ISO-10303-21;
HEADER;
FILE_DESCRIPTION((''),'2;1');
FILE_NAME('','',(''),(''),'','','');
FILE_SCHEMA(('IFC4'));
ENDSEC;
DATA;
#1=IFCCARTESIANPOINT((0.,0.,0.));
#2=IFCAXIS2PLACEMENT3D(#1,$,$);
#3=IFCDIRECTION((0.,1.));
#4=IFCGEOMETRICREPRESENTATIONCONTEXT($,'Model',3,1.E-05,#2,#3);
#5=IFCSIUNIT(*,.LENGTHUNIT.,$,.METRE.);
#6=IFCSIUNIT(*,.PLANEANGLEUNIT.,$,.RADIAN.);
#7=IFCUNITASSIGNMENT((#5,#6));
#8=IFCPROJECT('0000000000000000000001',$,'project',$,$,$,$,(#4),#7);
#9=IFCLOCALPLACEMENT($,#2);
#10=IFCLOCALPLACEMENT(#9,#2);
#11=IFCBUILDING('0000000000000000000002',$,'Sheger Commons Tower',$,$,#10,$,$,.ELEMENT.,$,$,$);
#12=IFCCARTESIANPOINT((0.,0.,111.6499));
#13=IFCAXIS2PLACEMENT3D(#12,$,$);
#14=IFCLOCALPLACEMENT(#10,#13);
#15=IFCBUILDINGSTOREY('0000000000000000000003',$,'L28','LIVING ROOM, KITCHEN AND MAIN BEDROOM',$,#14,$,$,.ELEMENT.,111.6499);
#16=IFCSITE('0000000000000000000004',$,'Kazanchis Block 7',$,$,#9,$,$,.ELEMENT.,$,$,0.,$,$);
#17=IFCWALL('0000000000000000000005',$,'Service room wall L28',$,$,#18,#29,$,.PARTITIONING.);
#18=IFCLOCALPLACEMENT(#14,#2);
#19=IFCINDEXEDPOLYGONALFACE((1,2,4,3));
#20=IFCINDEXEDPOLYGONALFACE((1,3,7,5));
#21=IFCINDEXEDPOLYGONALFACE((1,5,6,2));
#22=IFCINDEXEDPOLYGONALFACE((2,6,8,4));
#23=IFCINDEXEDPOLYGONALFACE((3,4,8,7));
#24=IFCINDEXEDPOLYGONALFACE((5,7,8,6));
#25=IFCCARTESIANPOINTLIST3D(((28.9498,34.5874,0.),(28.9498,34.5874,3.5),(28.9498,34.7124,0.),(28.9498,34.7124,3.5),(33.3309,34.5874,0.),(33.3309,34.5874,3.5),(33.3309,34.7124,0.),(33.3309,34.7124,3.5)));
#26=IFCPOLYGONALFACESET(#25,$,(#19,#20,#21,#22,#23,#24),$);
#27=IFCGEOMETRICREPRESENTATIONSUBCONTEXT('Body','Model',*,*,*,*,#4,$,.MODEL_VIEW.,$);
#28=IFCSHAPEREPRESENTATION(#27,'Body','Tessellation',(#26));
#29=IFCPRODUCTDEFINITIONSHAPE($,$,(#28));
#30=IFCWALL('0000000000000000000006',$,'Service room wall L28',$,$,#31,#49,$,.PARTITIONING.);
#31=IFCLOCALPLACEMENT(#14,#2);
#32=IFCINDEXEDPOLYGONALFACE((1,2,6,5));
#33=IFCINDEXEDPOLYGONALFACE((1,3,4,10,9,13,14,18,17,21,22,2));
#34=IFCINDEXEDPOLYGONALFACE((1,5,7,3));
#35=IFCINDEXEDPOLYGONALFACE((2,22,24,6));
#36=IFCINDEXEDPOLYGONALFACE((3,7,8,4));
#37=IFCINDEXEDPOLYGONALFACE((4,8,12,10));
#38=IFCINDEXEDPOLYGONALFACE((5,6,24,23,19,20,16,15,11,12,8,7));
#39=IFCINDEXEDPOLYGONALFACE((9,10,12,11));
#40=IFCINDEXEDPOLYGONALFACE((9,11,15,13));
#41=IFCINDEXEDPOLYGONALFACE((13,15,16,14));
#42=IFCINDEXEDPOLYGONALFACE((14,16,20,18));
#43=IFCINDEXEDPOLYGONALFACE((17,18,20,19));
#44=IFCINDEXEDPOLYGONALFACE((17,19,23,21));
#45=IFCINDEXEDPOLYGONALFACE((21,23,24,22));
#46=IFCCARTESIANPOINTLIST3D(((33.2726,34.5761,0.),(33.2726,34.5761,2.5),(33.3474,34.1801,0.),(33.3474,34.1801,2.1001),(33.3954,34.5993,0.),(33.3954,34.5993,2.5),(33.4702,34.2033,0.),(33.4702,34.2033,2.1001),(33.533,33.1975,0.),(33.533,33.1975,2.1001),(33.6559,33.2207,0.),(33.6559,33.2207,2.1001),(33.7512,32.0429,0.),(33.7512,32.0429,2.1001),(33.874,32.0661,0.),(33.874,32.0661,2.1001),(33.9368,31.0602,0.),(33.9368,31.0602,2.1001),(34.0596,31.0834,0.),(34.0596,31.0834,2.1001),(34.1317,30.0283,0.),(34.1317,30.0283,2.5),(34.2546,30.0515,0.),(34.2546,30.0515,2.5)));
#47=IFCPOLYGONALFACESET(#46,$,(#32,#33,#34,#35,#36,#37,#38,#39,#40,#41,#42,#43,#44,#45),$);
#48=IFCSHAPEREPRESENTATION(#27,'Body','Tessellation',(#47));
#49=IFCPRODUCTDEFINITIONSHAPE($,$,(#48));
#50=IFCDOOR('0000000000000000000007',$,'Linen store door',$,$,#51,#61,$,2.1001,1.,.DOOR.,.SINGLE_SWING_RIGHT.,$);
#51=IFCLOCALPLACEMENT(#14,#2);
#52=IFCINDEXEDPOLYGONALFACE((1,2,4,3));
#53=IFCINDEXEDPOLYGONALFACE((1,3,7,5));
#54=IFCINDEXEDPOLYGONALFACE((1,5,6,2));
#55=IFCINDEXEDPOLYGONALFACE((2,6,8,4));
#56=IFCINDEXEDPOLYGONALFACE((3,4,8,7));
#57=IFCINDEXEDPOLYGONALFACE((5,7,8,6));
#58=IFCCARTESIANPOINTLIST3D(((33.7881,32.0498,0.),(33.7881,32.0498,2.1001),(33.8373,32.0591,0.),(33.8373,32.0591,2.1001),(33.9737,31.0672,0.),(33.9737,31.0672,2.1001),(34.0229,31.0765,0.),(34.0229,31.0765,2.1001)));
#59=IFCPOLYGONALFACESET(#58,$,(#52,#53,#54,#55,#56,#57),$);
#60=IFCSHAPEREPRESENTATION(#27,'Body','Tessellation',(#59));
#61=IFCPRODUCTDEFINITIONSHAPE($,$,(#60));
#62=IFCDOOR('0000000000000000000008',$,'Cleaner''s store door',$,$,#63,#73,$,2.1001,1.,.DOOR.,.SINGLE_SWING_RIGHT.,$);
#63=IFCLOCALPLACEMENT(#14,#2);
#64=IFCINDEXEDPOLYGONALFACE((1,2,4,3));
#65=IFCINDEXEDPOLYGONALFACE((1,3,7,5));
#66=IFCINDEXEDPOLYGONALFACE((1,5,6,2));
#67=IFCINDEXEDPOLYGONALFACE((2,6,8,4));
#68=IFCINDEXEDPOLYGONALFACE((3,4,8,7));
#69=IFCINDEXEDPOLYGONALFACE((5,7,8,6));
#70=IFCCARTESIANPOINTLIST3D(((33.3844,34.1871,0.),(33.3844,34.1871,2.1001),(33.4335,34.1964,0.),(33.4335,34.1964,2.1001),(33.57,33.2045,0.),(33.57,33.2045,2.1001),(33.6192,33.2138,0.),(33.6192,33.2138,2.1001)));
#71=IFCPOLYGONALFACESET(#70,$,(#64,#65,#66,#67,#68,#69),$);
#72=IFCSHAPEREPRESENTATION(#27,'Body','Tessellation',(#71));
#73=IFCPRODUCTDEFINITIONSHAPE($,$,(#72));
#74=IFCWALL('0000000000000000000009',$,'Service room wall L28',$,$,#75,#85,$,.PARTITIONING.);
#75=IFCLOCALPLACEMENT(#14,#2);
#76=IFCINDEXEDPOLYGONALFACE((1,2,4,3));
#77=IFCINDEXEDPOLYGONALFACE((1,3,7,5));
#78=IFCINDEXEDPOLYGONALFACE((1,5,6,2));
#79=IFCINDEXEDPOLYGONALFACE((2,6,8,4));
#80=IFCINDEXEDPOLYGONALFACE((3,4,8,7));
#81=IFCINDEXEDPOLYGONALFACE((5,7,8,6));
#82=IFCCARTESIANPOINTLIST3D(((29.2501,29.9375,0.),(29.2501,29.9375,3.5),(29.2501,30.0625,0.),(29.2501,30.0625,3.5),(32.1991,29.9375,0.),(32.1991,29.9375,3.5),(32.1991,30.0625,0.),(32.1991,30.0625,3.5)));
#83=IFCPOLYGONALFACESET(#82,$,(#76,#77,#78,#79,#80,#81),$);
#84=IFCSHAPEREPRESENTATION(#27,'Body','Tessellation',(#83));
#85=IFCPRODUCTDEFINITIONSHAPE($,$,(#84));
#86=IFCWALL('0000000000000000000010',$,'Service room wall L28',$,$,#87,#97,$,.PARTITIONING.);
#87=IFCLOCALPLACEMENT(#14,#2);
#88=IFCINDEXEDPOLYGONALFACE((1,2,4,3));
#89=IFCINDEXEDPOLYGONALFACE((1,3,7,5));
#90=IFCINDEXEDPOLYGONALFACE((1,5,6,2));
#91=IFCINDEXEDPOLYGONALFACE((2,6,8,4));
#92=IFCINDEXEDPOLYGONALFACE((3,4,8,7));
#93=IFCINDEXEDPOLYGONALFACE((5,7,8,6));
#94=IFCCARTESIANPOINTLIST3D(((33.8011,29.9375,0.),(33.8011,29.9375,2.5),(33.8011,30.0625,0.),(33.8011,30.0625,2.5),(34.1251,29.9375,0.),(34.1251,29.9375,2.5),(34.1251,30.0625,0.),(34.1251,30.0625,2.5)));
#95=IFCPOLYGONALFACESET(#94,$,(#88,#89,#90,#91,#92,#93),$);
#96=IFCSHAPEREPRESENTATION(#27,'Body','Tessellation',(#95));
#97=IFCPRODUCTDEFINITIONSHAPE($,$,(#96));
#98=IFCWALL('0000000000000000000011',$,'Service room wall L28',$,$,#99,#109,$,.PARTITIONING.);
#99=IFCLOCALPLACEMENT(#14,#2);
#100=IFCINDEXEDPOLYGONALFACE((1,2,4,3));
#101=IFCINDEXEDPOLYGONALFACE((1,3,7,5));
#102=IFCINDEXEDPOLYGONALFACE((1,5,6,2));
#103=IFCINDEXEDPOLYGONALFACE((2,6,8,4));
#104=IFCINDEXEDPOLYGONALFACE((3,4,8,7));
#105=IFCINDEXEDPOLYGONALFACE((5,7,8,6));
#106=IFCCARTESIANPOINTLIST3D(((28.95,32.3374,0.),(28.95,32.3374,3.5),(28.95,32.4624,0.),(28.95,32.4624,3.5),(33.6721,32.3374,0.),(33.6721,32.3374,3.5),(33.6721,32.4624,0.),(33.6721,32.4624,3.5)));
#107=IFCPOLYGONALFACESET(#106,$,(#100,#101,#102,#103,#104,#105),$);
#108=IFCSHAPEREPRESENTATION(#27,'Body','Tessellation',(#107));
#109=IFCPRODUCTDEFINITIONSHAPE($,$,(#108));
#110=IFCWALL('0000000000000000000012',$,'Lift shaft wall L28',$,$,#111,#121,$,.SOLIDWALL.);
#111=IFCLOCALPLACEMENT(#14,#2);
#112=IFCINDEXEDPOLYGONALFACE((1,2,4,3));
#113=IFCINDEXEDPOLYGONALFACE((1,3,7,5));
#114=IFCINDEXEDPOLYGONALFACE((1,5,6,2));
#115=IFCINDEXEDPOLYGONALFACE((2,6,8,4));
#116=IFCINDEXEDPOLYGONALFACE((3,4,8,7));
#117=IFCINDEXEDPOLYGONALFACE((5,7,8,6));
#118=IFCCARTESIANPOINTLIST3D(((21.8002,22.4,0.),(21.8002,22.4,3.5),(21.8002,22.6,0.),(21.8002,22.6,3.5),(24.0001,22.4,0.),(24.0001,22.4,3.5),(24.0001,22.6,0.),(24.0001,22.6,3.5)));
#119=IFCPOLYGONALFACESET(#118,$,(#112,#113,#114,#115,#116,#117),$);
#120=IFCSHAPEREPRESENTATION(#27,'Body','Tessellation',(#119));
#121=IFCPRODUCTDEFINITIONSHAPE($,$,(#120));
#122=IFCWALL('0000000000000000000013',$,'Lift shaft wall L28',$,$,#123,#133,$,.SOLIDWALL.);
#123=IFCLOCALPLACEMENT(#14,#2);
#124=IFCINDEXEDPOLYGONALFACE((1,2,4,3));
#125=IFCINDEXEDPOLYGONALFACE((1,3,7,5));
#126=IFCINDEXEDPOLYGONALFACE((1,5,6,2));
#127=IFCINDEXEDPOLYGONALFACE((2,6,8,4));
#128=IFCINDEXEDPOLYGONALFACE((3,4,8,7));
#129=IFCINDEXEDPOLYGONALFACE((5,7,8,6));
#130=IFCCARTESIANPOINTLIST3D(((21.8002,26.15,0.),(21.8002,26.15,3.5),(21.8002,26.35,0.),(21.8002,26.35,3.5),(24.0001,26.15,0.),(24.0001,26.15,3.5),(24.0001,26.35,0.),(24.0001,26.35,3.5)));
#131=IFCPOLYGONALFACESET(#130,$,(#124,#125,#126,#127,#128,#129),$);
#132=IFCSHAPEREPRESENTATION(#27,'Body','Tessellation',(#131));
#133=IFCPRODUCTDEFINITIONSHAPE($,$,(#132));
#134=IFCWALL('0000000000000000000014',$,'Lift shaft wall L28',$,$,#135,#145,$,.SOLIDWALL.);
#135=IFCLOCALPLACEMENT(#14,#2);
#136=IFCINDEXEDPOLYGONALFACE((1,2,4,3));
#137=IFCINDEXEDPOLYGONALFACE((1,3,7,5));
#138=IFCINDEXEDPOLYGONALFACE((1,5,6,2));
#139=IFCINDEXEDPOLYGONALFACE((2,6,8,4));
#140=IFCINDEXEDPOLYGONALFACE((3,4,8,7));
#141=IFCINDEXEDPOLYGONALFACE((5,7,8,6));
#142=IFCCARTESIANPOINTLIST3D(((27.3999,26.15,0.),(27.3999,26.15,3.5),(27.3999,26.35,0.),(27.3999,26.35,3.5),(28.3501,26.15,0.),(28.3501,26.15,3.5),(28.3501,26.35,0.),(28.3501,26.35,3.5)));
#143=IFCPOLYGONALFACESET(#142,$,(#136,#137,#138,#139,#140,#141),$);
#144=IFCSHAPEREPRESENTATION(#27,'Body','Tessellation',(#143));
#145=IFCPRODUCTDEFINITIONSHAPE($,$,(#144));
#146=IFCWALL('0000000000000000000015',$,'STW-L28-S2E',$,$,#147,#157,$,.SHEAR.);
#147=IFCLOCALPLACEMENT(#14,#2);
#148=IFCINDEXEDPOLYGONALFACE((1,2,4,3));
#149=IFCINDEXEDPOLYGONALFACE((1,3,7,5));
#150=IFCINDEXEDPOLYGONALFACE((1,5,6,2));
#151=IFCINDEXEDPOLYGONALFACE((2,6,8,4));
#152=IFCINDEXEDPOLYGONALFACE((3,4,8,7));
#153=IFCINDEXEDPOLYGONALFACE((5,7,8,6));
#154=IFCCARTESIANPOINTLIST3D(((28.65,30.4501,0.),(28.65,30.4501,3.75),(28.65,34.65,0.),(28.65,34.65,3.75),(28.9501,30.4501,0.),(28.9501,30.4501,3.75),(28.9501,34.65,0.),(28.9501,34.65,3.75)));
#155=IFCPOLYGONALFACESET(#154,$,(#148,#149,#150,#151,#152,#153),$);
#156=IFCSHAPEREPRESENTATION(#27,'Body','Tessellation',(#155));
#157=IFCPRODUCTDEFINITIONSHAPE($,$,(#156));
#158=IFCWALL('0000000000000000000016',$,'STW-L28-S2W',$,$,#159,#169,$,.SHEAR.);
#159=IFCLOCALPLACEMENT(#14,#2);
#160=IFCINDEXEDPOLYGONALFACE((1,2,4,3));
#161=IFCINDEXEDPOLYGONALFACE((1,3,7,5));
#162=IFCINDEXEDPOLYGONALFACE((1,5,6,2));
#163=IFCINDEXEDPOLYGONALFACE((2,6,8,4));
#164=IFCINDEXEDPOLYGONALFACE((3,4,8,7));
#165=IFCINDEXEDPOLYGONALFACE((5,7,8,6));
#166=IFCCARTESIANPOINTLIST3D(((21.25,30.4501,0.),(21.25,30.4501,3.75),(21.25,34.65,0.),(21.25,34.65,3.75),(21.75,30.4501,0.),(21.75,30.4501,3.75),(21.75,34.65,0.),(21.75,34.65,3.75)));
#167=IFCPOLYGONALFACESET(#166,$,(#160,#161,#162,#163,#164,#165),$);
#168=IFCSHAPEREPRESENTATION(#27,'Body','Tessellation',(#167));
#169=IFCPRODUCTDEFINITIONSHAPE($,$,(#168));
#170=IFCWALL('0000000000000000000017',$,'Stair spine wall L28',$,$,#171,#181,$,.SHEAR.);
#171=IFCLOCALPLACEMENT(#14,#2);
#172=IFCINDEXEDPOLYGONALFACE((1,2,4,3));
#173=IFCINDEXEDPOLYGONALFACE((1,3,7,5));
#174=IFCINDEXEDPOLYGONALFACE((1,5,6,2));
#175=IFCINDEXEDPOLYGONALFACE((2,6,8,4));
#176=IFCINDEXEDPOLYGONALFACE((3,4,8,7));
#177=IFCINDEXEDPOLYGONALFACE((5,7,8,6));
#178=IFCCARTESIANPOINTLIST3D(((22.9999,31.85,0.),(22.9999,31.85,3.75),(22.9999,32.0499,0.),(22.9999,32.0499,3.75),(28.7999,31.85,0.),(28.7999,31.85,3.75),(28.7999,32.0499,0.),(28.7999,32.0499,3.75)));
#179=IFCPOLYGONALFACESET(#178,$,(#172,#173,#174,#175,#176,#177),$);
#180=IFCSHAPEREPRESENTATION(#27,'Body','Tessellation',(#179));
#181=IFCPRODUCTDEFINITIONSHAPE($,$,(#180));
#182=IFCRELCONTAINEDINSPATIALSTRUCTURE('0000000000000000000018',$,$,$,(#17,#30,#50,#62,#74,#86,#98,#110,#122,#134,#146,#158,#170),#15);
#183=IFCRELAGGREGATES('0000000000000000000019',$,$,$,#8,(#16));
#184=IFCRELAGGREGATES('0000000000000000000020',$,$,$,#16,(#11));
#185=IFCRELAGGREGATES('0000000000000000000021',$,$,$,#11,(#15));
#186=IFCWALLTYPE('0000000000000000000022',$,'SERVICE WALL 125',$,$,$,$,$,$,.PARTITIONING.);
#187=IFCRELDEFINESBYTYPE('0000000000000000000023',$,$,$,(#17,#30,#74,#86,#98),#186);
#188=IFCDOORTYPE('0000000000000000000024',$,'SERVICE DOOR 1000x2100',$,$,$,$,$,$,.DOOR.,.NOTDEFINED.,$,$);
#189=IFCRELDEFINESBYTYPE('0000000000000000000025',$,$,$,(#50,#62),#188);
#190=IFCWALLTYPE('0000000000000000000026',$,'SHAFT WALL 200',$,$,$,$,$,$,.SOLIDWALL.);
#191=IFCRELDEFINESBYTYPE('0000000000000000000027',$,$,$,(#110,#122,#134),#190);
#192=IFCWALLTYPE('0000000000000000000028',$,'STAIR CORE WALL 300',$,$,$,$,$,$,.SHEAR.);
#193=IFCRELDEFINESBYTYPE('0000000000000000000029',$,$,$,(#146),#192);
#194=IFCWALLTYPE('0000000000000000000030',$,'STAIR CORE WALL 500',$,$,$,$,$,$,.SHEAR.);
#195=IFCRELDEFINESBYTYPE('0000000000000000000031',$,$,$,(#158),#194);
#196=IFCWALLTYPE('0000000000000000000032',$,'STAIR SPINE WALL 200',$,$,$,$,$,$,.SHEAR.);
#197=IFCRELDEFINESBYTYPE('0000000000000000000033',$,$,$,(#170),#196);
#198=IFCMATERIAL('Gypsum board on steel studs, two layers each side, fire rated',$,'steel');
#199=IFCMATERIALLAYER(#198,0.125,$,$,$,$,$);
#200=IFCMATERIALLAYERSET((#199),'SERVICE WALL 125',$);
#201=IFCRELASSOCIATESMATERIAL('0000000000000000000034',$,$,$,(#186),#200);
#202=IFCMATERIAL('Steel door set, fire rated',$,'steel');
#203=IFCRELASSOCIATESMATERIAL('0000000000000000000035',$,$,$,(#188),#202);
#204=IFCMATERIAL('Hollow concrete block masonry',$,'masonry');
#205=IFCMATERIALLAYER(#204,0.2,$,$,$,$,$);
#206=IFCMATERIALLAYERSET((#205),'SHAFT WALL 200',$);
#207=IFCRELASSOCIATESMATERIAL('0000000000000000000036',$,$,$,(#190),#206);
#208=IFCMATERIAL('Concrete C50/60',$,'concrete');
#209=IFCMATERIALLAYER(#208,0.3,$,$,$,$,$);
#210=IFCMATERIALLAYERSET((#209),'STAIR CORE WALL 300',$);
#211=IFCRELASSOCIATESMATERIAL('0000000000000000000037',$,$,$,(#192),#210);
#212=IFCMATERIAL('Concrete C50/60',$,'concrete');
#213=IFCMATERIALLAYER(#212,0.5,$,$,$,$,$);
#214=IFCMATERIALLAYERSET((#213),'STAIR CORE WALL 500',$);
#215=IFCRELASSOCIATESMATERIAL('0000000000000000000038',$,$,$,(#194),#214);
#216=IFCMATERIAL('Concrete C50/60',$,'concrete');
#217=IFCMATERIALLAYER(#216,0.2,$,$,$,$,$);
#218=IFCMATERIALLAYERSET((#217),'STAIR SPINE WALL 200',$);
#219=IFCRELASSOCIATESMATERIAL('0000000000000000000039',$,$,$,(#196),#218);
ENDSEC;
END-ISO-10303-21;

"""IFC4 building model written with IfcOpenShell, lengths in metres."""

from ifc_helpers import new_model, si_unit, direction, frame, frame_2d, origin, place, context, subcontext, project, spatial, rectangle, extrude, material, layer, layer_set, type_object, element, fill, save


model = new_model("IFC4")

# Units and contexts
model_context = context("Model", 3, precision=1e-05, world=origin(), true_north=direction((0.0, 1.0)))
body_context = subcontext(model_context, "Body", "Model", "MODEL_VIEW")
ifc_project = project(units=[si_unit("LENGTHUNIT", "METRE"), si_unit("PLANEANGLEUNIT", "RADIAN")], contexts=[model_context])

# Site, building, storey
site_placement = place(None, origin())
site = spatial("IfcSite", under=ifc_project, at=site_placement, Name="Kazanchis Block 7", CompositionType="ELEMENT", RefElevation=0.0)
building_placement = place(site_placement, origin())
building = spatial("IfcBuilding", under=site, at=building_placement, Name="Sheger Commons Tower", CompositionType="ELEMENT")
storey_placement = place(building_placement, frame((0.0, 0.0, 111.6499)))
storey = spatial("IfcBuildingStorey", under=building, at=storey_placement, Name="L28", Description="LIVING ROOM, KITCHEN AND MAIN BEDROOM", CompositionType="ELEMENT", Elevation=111.6499)

# Wall
ifc_material_1 = material(Name="Gypsum board on steel studs, two layers each side, fire rated", Category="steel")
ifc_layer_1 = layer(ifc_material_1, 0.125)
ifc_layer_set_1 = layer_set([ifc_layer_1], Name="SERVICE WALL 125")
wall_type_1 = type_object("IfcWallType", Name="SERVICE WALL 125", PredefinedType="PARTITIONING", material=ifc_layer_set_1)
wall_1_placement = place(storey_placement, frame((28.95, 34.6499, 0.0), z_axis=(0.0, 0.0, 1.0), x_axis=(1.0, 0.0, 0.0)))
element("IfcWall", 1, at=wall_1_placement, inside=storey, type_object=wall_type_1, Name="Service room wall L28", PredefinedType="PARTITIONING", context=body_context, shape_type="SweptSolid", body=[
    extrude(rectangle(XDim=4.3811, YDim=0.125, at=frame_2d((2.1904, 0.0))), origin(), (0.0, 0.0, 1.0), 3.5),
])

# Wall, openings, doors
wall_2_placement = place(storey_placement, frame((34.1931, 30.04, 0.0), z_axis=(0.0, 0.0, 1.0), x_axis=(-0.185626, 0.98262, 0.0)))
wall_2 = element("IfcWall", 2, at=wall_2_placement, inside=storey, type_object=wall_type_1, Name="Service room wall L28", PredefinedType="PARTITIONING", context=body_context, shape_type="SweptSolid", body=[
    extrude(rectangle(XDim=4.6282, YDim=0.125, at=frame_2d((2.314, 0.0))), origin(), (0.0, 0.0, 1.0), 2.5),
])
opening_1_placement = place(wall_2_placement, frame((1.05, 0.0, 0.0)))
opening_1 = element("IfcOpeningElement", 3, at=opening_1_placement, cuts=wall_2, PredefinedType="OPENING", context=body_context, shape_type="SweptSolid", body=[
    extrude(rectangle(XDim=1.0, YDim=2.1001, at=frame_2d((0.5, 1.05))), frame((0.0, 0.0725, 0.0), z_axis=(0.0, -1.0, 0.0), x_axis=(1.0, 0.0, 0.0)), (0.0, 0.0, 1.0), 0.145),
])
opening_2_placement = place(wall_2_placement, frame((3.2251, 0.0, 0.0)))
opening_2 = element("IfcOpeningElement", 4, at=opening_2_placement, cuts=wall_2, PredefinedType="OPENING", context=body_context, shape_type="SweptSolid", body=[
    extrude(rectangle(XDim=1.0, YDim=2.1001, at=frame_2d((0.5, 1.05))), frame((0.0, 0.0725, 0.0), z_axis=(0.0, -1.0, 0.0), x_axis=(1.0, 0.0, 0.0)), (0.0, 0.0, 1.0), 0.145),
])
ifc_material_2 = material(Name="Steel door set, fire rated", Category="steel")
door_type_1 = type_object("IfcDoorType", Name="SERVICE DOOR 1000x2100", OperationType="NOTDEFINED", PredefinedType="DOOR", material=ifc_material_2)
door_1_placement = place(opening_1_placement, origin())
door_1 = element("IfcDoor", 5, at=door_1_placement, inside=storey, type_object=door_type_1, Name="Linen store door", OperationType="SINGLE_SWING_RIGHT", OverallHeight=2.1001, OverallWidth=1.0, PredefinedType="DOOR", context=body_context, shape_type="SweptSolid", body=[
    extrude(rectangle(XDim=1.0, YDim=2.1001, at=frame_2d((0.5, 1.05))), frame((0.0, 0.0249, 0.0), z_axis=(0.0, -1.0, 0.0), x_axis=(1.0, 0.0, 0.0)), (0.0, 0.0, 1.0), 0.05),
])
fill(opening_1, door_1)
door_2_placement = place(opening_2_placement, origin())
door_2 = element("IfcDoor", 6, at=door_2_placement, inside=storey, type_object=door_type_1, Name="Cleaner's store door", OperationType="SINGLE_SWING_RIGHT", OverallHeight=2.1001, OverallWidth=1.0, PredefinedType="DOOR", context=body_context, shape_type="SweptSolid", body=[
    extrude(rectangle(XDim=1.0, YDim=2.1001, at=frame_2d((0.5, 1.05))), frame((0.0, 0.0249, 0.0), z_axis=(0.0, -1.0, 0.0), x_axis=(1.0, 0.0, 0.0)), (0.0, 0.0, 1.0), 0.05),
])
fill(opening_2, door_2)

# Walls
wall_3_placement = place(storey_placement, frame((29.25, 30.0, 0.0), z_axis=(0.0, 0.0, 1.0), x_axis=(1.0, 0.0, 0.0)))
element("IfcWall", 7, at=wall_3_placement, inside=storey, type_object=wall_type_1, Name="Service room wall L28", PredefinedType="PARTITIONING", context=body_context, shape_type="SweptSolid", body=[
    extrude(rectangle(XDim=2.949, YDim=0.125, at=frame_2d((1.4746, 0.0))), origin(), (0.0, 0.0, 1.0), 3.5),
])
wall_4_placement = place(storey_placement, frame((33.801, 30.0, 0.0), z_axis=(0.0, 0.0, 1.0), x_axis=(1.0, 0.0, 0.0)))
element("IfcWall", 8, at=wall_4_placement, inside=storey, type_object=wall_type_1, Name="Service room wall L28", PredefinedType="PARTITIONING", context=body_context, shape_type="SweptSolid", body=[
    extrude(rectangle(XDim=0.324, YDim=0.125, at=frame_2d((0.1621, 0.0))), origin(), (0.0, 0.0, 1.0), 2.5),
])
wall_5_placement = place(storey_placement, frame((28.95, 32.3999, 0.0), z_axis=(0.0, 0.0, 1.0), x_axis=(1.0, 0.0, 0.0)))
element("IfcWall", 9, at=wall_5_placement, inside=storey, type_object=wall_type_1, Name="Service room wall L28", PredefinedType="PARTITIONING", context=body_context, shape_type="SweptSolid", body=[
    extrude(rectangle(XDim=4.7222, YDim=0.125, at=frame_2d((2.3611, 0.0))), origin(), (0.0, 0.0, 1.0), 3.5),
])
ifc_material_3 = material(Name="Hollow concrete block masonry", Category="masonry")
ifc_layer_2 = layer(ifc_material_3, 0.2)
ifc_layer_set_2 = layer_set([ifc_layer_2], Name="SHAFT WALL 200")
wall_type_2 = type_object("IfcWallType", Name="SHAFT WALL 200", PredefinedType="SOLIDWALL", material=ifc_layer_set_2)
for number, where, z_axis, x_axis, name in (
    (10, (21.8, 22.5, 0.0), (0.0, 0.0, 1.0), (1.0, 0.0, 0.0), "Lift shaft wall L28"),
    (11, (21.8, 26.25, 0.0), (0.0, 0.0, 1.0), (1.0, 0.0, 0.0), "Lift shaft wall L28"),
):
    element("IfcWall", number, at=place(storey_placement, frame(where, z_axis=z_axis, x_axis=x_axis)), inside=storey, type_object=wall_type_2, Name=name, PredefinedType="SOLIDWALL", context=body_context, shape_type="SweptSolid", body=[
        extrude(rectangle(XDim=2.2, YDim=0.2, at=frame_2d((1.1001, 0.0))), origin(), (0.0, 0.0, 1.0), 3.5),
    ])
wall_6_placement = place(storey_placement, frame((27.3999, 26.25, 0.0), z_axis=(0.0, 0.0, 1.0), x_axis=(1.0, 0.0, 0.0)))
element("IfcWall", 12, at=wall_6_placement, inside=storey, type_object=wall_type_2, Name="Lift shaft wall L28", PredefinedType="SOLIDWALL", context=body_context, shape_type="SweptSolid", body=[
    extrude(rectangle(XDim=0.9502, YDim=0.2, at=frame_2d((0.4751, 0.0))), origin(), (0.0, 0.0, 1.0), 3.5),
])
ifc_material_4 = material(Name="Concrete C50/60", Category="concrete")
ifc_layer_3 = layer(ifc_material_4, 0.3)
ifc_layer_set_3 = layer_set([ifc_layer_3], Name="STAIR CORE WALL 300")
wall_type_3 = type_object("IfcWallType", Name="STAIR CORE WALL 300", PredefinedType="SHEAR", material=ifc_layer_set_3)
wall_7_placement = place(storey_placement, frame((28.8, 30.45, 0.0), z_axis=(0.0, 0.0, 1.0), x_axis=(0.0, 1.0, 0.0)))
element("IfcWall", 13, at=wall_7_placement, inside=storey, type_object=wall_type_3, Name="STW-L28-S2E", PredefinedType="SHEAR", context=body_context, shape_type="SweptSolid", body=[
    extrude(rectangle(XDim=4.2, YDim=0.3, at=frame_2d((2.1001, 0.0))), origin(), (0.0, 0.0, 1.0), 3.75),
])
ifc_material_5 = material(Name="Concrete C50/60", Category="concrete")
ifc_layer_4 = layer(ifc_material_5, 0.5)
ifc_layer_set_4 = layer_set([ifc_layer_4], Name="STAIR CORE WALL 500")
wall_type_4 = type_object("IfcWallType", Name="STAIR CORE WALL 500", PredefinedType="SHEAR", material=ifc_layer_set_4)
wall_8_placement = place(storey_placement, frame((21.5, 30.45, 0.0), z_axis=(0.0, 0.0, 1.0), x_axis=(0.0, 1.0, 0.0)))
element("IfcWall", 14, at=wall_8_placement, inside=storey, type_object=wall_type_4, Name="STW-L28-S2W", PredefinedType="SHEAR", context=body_context, shape_type="SweptSolid", body=[
    extrude(rectangle(XDim=4.2, YDim=0.5, at=frame_2d((2.1001, 0.0))), origin(), (0.0, 0.0, 1.0), 3.75),
])
ifc_material_6 = material(Name="Concrete C50/60", Category="concrete")
ifc_layer_5 = layer(ifc_material_6, 0.2)
ifc_layer_set_5 = layer_set([ifc_layer_5], Name="STAIR SPINE WALL 200")
wall_type_5 = type_object("IfcWallType", Name="STAIR SPINE WALL 200", PredefinedType="SHEAR", material=ifc_layer_set_5)
wall_9_placement = place(storey_placement, frame((23.0, 31.95, 0.0), z_axis=(0.0, 0.0, 1.0), x_axis=(1.0, 0.0, 0.0)))
element("IfcWall", 15, at=wall_9_placement, inside=storey, type_object=wall_type_5, Name="Stair spine wall L28", PredefinedType="SHEAR", context=body_context, shape_type="SweptSolid", body=[
    extrude(rectangle(XDim=5.8, YDim=0.2, at=frame_2d((2.8999, 0.0))), origin(), (0.0, 0.0, 1.0), 3.75),
])

save(model, "model.ifc")
